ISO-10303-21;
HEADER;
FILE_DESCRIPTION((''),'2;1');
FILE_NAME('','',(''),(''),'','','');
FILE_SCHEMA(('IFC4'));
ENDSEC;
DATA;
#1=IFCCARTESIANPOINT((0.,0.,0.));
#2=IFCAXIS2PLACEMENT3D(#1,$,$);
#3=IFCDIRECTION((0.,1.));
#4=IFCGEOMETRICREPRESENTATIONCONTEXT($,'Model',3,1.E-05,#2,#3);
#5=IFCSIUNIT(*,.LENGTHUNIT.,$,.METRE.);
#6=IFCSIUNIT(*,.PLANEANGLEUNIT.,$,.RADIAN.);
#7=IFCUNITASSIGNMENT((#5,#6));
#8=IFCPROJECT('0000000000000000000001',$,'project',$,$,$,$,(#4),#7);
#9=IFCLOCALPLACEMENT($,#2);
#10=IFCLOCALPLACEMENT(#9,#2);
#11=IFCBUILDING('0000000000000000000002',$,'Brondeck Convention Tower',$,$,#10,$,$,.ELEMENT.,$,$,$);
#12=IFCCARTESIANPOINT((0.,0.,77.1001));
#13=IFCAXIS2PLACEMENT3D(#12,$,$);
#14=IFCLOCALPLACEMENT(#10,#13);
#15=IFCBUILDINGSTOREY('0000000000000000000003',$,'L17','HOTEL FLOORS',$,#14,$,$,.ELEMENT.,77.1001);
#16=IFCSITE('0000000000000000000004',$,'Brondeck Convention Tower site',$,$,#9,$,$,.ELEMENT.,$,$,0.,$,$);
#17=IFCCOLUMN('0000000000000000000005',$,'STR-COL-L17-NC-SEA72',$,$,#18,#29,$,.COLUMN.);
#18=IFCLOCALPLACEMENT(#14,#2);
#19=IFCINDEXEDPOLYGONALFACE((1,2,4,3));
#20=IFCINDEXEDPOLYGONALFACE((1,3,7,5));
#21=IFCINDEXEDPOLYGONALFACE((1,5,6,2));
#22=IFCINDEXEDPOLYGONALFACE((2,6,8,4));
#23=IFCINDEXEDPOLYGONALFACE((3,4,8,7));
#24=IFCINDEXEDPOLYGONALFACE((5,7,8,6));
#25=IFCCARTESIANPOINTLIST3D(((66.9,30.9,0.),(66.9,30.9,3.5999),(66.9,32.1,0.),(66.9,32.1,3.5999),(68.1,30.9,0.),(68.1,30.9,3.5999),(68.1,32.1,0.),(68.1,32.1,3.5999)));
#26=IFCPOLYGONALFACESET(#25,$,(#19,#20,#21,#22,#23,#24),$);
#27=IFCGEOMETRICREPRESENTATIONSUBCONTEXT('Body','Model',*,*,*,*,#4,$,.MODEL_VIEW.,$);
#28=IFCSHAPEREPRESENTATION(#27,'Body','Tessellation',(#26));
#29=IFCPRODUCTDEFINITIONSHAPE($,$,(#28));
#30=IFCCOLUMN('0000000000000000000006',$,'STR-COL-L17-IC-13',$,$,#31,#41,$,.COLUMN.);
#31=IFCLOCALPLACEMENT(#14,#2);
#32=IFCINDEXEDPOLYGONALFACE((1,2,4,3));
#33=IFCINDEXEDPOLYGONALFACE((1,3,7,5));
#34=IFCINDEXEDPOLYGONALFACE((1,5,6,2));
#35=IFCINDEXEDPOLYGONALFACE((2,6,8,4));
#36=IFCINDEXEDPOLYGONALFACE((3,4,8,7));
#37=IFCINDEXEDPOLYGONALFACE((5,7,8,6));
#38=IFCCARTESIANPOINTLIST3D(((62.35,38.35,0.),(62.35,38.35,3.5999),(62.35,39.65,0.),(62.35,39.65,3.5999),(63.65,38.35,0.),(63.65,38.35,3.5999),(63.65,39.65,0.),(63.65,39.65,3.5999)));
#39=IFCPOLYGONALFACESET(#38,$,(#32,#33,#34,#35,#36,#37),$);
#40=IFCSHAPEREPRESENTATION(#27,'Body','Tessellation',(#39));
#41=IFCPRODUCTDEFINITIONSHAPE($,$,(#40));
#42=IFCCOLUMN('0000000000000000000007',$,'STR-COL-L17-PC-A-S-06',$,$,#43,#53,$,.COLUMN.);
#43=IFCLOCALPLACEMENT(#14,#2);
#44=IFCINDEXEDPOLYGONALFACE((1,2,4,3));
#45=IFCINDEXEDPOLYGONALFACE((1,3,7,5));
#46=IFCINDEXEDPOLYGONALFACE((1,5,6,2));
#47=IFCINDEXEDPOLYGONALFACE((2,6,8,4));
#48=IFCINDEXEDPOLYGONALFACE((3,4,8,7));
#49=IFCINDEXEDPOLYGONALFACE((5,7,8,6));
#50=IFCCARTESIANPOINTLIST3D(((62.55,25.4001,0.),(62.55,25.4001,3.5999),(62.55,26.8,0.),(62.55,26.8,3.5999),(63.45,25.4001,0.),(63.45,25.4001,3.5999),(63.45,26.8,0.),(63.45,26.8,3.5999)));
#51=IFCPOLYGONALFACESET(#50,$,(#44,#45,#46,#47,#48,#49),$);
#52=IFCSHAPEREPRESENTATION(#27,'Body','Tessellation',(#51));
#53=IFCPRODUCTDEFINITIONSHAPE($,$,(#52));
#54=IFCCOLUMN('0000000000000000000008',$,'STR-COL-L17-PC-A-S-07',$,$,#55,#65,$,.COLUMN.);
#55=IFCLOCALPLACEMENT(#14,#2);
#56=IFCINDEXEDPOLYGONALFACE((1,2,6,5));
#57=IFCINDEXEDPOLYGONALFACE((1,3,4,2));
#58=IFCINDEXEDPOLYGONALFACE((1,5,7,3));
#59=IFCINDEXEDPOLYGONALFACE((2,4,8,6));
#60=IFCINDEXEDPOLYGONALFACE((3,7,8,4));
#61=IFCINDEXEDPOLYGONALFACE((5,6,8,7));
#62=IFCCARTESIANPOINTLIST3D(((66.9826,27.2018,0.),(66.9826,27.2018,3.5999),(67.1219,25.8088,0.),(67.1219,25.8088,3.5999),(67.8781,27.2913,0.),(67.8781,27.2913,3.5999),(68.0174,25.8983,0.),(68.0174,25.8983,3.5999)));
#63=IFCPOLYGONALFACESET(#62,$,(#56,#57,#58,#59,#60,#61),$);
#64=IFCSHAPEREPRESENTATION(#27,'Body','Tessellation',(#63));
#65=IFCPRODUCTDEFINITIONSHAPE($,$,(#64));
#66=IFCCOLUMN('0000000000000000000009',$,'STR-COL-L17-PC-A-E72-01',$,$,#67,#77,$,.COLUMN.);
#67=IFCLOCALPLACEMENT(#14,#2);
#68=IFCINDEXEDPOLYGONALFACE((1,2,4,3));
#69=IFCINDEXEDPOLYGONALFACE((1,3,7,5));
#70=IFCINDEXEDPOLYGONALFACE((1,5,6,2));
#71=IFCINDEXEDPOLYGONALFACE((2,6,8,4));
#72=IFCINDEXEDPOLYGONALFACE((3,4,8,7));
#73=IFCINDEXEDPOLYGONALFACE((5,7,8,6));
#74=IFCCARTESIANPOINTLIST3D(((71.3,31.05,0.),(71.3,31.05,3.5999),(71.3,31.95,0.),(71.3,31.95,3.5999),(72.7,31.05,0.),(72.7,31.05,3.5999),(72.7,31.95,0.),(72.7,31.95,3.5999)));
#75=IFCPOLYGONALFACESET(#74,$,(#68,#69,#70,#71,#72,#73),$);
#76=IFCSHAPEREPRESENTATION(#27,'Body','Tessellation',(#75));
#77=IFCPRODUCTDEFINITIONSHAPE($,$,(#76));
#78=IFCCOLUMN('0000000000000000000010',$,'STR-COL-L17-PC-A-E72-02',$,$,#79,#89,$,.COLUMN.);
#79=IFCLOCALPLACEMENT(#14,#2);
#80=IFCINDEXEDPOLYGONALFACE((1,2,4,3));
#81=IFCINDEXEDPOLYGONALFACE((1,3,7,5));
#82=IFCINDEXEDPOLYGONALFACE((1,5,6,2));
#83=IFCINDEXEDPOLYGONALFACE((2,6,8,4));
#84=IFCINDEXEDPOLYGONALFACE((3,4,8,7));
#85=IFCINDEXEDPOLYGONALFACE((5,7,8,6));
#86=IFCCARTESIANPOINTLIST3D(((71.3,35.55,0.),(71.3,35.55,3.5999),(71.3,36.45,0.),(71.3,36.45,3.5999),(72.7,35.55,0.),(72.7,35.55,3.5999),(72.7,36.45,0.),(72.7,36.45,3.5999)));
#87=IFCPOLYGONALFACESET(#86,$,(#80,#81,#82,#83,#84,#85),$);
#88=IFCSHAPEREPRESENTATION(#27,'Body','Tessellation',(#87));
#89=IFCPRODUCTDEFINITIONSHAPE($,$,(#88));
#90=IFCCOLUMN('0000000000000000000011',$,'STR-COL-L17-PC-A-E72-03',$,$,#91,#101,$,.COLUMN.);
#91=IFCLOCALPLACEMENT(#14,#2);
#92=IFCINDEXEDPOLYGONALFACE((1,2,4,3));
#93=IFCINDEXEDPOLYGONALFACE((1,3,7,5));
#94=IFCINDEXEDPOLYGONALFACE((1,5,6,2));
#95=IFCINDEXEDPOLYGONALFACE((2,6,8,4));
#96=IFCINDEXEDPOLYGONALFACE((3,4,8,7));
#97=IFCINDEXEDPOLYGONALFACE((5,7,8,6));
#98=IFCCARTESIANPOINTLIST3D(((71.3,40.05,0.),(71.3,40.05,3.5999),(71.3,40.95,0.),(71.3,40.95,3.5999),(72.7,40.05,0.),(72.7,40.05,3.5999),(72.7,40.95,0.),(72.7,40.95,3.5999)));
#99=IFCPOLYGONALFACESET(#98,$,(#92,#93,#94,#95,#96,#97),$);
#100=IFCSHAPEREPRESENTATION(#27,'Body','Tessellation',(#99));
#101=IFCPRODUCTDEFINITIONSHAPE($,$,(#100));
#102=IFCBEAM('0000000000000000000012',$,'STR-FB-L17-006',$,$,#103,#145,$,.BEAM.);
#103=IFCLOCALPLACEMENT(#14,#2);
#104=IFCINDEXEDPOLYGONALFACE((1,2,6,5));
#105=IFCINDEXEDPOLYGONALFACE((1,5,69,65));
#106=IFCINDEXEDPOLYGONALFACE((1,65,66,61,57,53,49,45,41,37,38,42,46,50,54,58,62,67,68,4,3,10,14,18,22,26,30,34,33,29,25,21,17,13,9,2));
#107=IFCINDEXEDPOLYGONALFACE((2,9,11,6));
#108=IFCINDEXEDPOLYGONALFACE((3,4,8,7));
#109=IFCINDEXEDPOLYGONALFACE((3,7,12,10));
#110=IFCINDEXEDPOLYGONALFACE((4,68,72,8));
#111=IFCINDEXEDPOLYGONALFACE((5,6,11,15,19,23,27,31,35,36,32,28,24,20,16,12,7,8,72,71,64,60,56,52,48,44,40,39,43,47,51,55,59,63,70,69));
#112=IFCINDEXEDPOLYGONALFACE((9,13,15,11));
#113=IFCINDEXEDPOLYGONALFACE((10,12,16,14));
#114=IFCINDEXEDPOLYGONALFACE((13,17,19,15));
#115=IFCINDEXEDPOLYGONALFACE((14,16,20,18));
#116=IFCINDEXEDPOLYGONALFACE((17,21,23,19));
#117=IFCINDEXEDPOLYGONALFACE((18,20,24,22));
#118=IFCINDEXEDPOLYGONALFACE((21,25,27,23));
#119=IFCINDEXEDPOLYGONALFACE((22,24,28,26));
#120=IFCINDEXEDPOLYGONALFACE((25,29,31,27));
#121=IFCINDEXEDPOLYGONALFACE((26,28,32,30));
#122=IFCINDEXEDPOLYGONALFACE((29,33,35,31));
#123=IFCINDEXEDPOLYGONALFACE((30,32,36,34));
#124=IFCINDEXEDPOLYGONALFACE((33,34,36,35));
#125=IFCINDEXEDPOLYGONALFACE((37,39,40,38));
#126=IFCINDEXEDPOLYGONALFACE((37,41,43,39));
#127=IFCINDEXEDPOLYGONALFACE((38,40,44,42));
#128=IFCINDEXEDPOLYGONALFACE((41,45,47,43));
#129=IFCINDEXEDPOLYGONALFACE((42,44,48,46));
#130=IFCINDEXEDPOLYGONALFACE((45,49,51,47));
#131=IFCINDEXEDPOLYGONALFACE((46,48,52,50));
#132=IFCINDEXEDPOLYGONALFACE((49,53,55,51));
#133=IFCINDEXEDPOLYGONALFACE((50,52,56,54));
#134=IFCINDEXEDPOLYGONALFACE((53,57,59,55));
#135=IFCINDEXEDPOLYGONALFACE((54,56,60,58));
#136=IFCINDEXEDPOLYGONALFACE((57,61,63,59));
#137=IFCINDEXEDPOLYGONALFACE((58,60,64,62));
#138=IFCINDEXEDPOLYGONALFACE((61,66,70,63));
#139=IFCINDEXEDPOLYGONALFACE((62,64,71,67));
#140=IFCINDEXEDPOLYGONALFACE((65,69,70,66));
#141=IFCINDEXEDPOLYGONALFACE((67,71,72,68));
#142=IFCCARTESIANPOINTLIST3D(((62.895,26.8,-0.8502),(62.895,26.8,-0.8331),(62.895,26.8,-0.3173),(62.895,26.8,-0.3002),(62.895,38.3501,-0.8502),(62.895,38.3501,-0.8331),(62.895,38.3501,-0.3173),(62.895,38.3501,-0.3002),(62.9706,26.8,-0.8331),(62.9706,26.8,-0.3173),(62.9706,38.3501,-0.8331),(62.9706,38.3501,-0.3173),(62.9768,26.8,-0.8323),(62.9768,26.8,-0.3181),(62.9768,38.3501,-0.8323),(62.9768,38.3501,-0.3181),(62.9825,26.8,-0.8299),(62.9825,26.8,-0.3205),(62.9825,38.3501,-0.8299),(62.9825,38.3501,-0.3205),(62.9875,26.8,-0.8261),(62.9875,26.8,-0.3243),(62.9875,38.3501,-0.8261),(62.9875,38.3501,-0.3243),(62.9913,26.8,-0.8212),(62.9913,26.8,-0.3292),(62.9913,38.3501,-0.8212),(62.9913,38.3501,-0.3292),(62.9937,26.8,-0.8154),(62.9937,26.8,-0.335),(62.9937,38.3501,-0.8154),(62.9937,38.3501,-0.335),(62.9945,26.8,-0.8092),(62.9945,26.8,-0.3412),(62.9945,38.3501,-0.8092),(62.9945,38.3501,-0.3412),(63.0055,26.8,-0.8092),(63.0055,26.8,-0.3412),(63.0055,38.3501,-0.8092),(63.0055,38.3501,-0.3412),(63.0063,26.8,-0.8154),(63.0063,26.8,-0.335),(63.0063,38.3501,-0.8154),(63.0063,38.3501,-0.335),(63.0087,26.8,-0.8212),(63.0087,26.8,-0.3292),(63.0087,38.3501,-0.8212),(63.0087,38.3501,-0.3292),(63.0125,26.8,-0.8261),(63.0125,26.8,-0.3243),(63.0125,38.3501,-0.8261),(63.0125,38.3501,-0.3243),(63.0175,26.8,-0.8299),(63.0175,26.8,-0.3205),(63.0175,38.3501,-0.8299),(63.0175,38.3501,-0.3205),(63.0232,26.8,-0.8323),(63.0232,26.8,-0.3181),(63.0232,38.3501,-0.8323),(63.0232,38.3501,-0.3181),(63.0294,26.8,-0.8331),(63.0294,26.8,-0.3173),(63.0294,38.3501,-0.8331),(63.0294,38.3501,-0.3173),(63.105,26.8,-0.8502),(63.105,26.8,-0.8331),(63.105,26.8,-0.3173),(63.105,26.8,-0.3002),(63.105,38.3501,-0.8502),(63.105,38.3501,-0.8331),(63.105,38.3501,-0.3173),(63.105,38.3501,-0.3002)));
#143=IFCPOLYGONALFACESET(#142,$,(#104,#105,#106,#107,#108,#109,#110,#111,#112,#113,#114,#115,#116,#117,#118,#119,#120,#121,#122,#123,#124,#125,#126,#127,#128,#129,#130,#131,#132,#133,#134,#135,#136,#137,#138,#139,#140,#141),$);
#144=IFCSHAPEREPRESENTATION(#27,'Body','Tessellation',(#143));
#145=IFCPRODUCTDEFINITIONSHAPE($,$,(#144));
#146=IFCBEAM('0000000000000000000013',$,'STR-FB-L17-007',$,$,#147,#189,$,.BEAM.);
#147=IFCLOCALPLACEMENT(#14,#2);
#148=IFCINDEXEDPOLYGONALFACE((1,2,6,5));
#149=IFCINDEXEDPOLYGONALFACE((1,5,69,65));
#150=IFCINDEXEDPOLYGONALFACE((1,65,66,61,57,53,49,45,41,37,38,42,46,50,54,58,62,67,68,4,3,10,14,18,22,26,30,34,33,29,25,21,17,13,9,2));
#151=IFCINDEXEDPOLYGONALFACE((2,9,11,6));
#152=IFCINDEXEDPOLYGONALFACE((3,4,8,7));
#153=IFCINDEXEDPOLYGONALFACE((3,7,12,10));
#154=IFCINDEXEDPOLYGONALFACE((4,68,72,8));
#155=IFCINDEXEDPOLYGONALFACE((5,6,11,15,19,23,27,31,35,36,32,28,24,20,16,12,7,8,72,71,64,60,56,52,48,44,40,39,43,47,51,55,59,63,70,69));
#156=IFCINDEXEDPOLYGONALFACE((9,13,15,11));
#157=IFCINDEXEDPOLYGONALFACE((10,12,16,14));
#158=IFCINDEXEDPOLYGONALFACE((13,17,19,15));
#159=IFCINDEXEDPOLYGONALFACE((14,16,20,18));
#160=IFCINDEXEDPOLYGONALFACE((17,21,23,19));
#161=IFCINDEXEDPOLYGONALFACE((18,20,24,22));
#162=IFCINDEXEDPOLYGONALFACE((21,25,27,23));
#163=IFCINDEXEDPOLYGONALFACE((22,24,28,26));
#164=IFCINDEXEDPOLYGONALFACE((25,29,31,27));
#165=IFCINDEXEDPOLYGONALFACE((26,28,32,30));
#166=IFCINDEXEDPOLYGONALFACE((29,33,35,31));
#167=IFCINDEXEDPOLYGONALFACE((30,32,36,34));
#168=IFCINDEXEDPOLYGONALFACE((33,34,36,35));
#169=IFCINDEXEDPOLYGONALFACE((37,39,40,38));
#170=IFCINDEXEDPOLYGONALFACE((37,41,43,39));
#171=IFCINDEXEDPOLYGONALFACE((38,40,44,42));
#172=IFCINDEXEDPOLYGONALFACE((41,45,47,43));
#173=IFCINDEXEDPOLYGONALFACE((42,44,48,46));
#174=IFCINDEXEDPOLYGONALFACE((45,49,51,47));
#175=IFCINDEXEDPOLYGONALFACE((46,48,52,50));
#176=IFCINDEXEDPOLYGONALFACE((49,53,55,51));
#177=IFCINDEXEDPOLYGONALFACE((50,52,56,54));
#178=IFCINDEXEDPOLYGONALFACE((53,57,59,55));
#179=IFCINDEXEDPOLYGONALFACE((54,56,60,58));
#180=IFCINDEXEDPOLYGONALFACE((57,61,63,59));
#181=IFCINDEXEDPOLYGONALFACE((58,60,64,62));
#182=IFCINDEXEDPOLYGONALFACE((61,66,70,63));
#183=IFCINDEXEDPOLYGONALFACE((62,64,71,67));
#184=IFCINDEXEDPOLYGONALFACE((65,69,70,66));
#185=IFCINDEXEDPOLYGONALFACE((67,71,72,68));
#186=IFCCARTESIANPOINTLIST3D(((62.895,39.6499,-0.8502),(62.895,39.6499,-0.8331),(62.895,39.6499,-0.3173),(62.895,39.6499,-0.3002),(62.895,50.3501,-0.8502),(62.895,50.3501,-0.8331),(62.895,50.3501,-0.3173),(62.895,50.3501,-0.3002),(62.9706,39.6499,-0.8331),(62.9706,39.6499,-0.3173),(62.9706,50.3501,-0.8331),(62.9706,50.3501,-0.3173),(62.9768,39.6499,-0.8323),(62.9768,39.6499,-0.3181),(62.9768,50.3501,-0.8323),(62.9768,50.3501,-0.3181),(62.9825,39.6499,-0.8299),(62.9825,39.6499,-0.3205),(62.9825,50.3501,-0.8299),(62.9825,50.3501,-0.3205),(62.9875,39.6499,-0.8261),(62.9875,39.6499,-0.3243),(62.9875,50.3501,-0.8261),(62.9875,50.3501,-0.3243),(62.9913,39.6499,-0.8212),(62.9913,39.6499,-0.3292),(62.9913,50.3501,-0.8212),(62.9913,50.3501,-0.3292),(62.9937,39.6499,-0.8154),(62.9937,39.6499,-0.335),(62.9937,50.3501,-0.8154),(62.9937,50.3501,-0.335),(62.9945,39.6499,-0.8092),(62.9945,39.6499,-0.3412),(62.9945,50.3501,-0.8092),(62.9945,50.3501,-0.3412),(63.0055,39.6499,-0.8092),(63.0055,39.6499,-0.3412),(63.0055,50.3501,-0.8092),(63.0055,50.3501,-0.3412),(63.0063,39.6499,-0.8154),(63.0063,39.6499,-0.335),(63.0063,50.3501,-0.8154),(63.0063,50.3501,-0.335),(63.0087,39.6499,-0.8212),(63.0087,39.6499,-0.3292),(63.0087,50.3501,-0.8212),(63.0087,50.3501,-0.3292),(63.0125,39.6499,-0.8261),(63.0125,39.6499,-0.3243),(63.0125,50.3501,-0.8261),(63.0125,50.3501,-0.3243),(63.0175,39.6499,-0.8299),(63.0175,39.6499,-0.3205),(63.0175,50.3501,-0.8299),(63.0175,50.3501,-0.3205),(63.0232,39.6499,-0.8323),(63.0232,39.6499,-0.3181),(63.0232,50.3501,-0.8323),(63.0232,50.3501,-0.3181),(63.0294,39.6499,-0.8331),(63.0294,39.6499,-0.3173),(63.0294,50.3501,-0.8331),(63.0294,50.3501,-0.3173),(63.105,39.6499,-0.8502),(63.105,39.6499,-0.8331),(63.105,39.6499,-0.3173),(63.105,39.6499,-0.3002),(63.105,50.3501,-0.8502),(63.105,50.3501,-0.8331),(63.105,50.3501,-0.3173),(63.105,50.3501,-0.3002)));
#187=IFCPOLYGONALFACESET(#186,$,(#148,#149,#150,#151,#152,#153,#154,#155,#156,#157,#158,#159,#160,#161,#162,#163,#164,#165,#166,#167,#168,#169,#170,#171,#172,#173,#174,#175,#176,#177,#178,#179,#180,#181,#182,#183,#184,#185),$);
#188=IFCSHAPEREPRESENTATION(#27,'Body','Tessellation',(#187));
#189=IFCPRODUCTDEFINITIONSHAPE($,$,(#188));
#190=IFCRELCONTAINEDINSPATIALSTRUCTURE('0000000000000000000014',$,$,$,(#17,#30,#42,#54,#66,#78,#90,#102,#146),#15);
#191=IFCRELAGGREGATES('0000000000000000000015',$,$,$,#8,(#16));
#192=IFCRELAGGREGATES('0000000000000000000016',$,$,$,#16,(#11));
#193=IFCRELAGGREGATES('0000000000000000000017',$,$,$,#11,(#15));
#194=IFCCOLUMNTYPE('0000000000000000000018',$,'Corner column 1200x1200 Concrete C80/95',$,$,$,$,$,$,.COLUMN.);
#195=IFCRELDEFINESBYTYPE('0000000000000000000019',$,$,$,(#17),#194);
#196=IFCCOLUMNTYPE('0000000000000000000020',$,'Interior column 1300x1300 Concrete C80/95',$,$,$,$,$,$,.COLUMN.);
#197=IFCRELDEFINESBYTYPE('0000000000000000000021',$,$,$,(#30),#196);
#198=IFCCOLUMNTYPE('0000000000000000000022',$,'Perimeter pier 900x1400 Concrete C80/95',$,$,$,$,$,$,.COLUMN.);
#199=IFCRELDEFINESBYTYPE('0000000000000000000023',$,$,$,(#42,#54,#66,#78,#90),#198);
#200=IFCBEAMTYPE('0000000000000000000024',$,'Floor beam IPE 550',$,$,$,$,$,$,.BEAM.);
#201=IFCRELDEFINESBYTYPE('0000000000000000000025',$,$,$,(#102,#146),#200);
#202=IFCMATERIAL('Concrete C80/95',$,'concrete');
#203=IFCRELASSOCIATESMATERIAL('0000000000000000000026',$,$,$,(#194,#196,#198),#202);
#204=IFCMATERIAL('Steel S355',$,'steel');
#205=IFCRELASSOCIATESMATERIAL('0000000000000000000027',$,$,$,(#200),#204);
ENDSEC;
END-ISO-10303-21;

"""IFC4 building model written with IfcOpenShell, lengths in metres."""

from ifc_helpers import new_model, si_unit, direction, frame, origin, origin_2d, place, context, subcontext, project, spatial, rectangle, i_section, extrude, material, material_profile, profile_set, type_object, element, save


model = new_model("IFC4")

# Units and contexts
model_context = context("Model", 3, precision=1e-05, world=origin(), true_north=direction((0.0, 1.0)))
body_context = subcontext(model_context, "Body", "Model", "MODEL_VIEW")
ifc_project = project(units=[si_unit("LENGTHUNIT", "METRE"), si_unit("PLANEANGLEUNIT", "RADIAN")], contexts=[model_context])

# Site, building, storey
site_placement = place(None, origin())
site = spatial("IfcSite", under=ifc_project, at=site_placement, Name="Brondeck Convention Tower site", CompositionType="ELEMENT", RefElevation=0.0)
building_placement = place(site_placement, origin())
building = spatial("IfcBuilding", under=site, at=building_placement, Name="Brondeck Convention Tower", CompositionType="ELEMENT")
storey_placement = place(building_placement, frame((0.0, 0.0, 77.1001)))
storey = spatial("IfcBuildingStorey", under=building, at=storey_placement, Name="L17", Description="HOTEL FLOORS", CompositionType="ELEMENT", Elevation=77.1001)

# Columns
ifc_material_1 = material(Name="Concrete C80/95", Category="concrete")
ifc_material_profile_1 = material_profile(ifc_material_1, rectangle(XDim=1.2, YDim=1.2, at=origin_2d()), Name="Corner column 1200x1200 Concrete C80/95")
ifc_profile_set_1 = profile_set([ifc_material_profile_1], Name="Concrete C80/95")
column_type_1 = type_object("IfcColumnType", Name="Corner column 1200x1200 Concrete C80/95", PredefinedType="COLUMN", material=ifc_profile_set_1)
column_1_placement = place(storey_placement, frame((67.5, 31.5, 0.0), z_axis=(0.0, 0.0, 1.0), x_axis=(1.0, 0.0, 0.0)))
element("IfcColumn", 1, at=column_1_placement, inside=storey, type_object=column_type_1, Name="STR-COL-L17-NC-SEA72", PredefinedType="COLUMN", context=body_context, shape_type="SweptSolid", body=[
    extrude(rectangle(XDim=1.2, YDim=1.2, at=origin_2d()), origin(), (0.0, 0.0, 1.0), 3.5999),
])
ifc_material_profile_2 = material_profile(ifc_material_1, rectangle(XDim=1.3, YDim=1.3, at=origin_2d()), Name="Interior column 1300x1300 Concrete C80/95")
ifc_profile_set_2 = profile_set([ifc_material_profile_2], Name="Concrete C80/95")
column_type_2 = type_object("IfcColumnType", Name="Interior column 1300x1300 Concrete C80/95", PredefinedType="COLUMN", material=ifc_profile_set_2)
column_2_placement = place(storey_placement, frame((63.0, 39.0, 0.0), z_axis=(0.0, 0.0, 1.0), x_axis=(1.0, 0.0, 0.0)))
element("IfcColumn", 2, at=column_2_placement, inside=storey, type_object=column_type_2, Name="STR-COL-L17-IC-13", PredefinedType="COLUMN", context=body_context, shape_type="SweptSolid", body=[
    extrude(rectangle(XDim=1.3, YDim=1.3, at=origin_2d()), origin(), (0.0, 0.0, 1.0), 3.5999),
])
ifc_material_profile_3 = material_profile(ifc_material_1, rectangle(XDim=0.8999, YDim=1.3999, at=origin_2d()), Name="Perimeter pier 900x1400 Concrete C80/95")
ifc_profile_set_3 = profile_set([ifc_material_profile_3], Name="Concrete C80/95")
column_type_3 = type_object("IfcColumnType", Name="Perimeter pier 900x1400 Concrete C80/95", PredefinedType="COLUMN", material=ifc_profile_set_3)
for number, where, z_axis, x_axis, name in (
    (3, (63.0, 26.1001, 0.0), (0.0, 0.0, 1.0), (1.0, 0.0, 0.0), "STR-COL-L17-PC-A-S-06"),
    (4, (67.5, 26.55, 0.0), (0.0, 0.0, 1.0), (0.995037, 0.099504, 0.0), "STR-COL-L17-PC-A-S-07"),
    (5, (72.0, 31.5, 0.0), (0.0, 0.0, 1.0), (0.0, 1.0, 0.0), "STR-COL-L17-PC-A-E72-01"),
    (6, (72.0, 36.0, 0.0), (0.0, 0.0, 1.0), (0.0, 1.0, 0.0), "STR-COL-L17-PC-A-E72-02"),
    (7, (72.0, 40.5, 0.0), (0.0, 0.0, 1.0), (0.0, 1.0, 0.0), "STR-COL-L17-PC-A-E72-03"),
):
    element("IfcColumn", number, at=place(storey_placement, frame(where, z_axis=z_axis, x_axis=x_axis)), inside=storey, type_object=column_type_3, Name=name, PredefinedType="COLUMN", context=body_context, shape_type="SweptSolid", body=[
        extrude(rectangle(XDim=0.8999, YDim=1.3999, at=origin_2d()), origin(), (0.0, 0.0, 1.0), 3.5999),
    ])

# Beams
ifc_material_2 = material(Name="Steel S355", Category="steel")
ifc_material_profile_4 = material_profile(ifc_material_2, i_section(OverallWidth=0.21, OverallDepth=0.55, WebThickness=0.011, FlangeThickness=0.0171, FilletRadius=0.0239, at=origin_2d()), Name="IPE 550")
ifc_profile_set_4 = profile_set([ifc_material_profile_4], Name="Steel S355")
beam_type_1 = type_object("IfcBeamType", Name="Floor beam IPE 550", PredefinedType="BEAM", material=ifc_profile_set_4)
beam_1_placement = place(storey_placement, frame((63.0, 26.8, -0.5752), z_axis=(0.0, 1.0, 0.0), x_axis=(-1.0, 0.0, 0.0)))
element("IfcBeam", 8, at=beam_1_placement, inside=storey, type_object=beam_type_1, Name="STR-FB-L17-006", PredefinedType="BEAM", context=body_context, shape_type="SweptSolid", body=[
    extrude(i_section(OverallWidth=0.21, OverallDepth=0.55, WebThickness=0.011, FlangeThickness=0.0171, FilletRadius=0.0239, at=origin_2d()), origin(), (0.0, 0.0, 1.0), 11.55),
])
beam_2_placement = place(storey_placement, frame((63.0, 39.6499, -0.5752), z_axis=(0.0, 1.0, 0.0), x_axis=(-1.0, 0.0, 0.0)))
element("IfcBeam", 9, at=beam_2_placement, inside=storey, type_object=beam_type_1, Name="STR-FB-L17-007", PredefinedType="BEAM", context=body_context, shape_type="SweptSolid", body=[
    extrude(i_section(OverallWidth=0.21, OverallDepth=0.55, WebThickness=0.011, FlangeThickness=0.0171, FilletRadius=0.0239, at=origin_2d()), origin(), (0.0, 0.0, 1.0), 10.7002),
])

save(model, "model.ifc")
